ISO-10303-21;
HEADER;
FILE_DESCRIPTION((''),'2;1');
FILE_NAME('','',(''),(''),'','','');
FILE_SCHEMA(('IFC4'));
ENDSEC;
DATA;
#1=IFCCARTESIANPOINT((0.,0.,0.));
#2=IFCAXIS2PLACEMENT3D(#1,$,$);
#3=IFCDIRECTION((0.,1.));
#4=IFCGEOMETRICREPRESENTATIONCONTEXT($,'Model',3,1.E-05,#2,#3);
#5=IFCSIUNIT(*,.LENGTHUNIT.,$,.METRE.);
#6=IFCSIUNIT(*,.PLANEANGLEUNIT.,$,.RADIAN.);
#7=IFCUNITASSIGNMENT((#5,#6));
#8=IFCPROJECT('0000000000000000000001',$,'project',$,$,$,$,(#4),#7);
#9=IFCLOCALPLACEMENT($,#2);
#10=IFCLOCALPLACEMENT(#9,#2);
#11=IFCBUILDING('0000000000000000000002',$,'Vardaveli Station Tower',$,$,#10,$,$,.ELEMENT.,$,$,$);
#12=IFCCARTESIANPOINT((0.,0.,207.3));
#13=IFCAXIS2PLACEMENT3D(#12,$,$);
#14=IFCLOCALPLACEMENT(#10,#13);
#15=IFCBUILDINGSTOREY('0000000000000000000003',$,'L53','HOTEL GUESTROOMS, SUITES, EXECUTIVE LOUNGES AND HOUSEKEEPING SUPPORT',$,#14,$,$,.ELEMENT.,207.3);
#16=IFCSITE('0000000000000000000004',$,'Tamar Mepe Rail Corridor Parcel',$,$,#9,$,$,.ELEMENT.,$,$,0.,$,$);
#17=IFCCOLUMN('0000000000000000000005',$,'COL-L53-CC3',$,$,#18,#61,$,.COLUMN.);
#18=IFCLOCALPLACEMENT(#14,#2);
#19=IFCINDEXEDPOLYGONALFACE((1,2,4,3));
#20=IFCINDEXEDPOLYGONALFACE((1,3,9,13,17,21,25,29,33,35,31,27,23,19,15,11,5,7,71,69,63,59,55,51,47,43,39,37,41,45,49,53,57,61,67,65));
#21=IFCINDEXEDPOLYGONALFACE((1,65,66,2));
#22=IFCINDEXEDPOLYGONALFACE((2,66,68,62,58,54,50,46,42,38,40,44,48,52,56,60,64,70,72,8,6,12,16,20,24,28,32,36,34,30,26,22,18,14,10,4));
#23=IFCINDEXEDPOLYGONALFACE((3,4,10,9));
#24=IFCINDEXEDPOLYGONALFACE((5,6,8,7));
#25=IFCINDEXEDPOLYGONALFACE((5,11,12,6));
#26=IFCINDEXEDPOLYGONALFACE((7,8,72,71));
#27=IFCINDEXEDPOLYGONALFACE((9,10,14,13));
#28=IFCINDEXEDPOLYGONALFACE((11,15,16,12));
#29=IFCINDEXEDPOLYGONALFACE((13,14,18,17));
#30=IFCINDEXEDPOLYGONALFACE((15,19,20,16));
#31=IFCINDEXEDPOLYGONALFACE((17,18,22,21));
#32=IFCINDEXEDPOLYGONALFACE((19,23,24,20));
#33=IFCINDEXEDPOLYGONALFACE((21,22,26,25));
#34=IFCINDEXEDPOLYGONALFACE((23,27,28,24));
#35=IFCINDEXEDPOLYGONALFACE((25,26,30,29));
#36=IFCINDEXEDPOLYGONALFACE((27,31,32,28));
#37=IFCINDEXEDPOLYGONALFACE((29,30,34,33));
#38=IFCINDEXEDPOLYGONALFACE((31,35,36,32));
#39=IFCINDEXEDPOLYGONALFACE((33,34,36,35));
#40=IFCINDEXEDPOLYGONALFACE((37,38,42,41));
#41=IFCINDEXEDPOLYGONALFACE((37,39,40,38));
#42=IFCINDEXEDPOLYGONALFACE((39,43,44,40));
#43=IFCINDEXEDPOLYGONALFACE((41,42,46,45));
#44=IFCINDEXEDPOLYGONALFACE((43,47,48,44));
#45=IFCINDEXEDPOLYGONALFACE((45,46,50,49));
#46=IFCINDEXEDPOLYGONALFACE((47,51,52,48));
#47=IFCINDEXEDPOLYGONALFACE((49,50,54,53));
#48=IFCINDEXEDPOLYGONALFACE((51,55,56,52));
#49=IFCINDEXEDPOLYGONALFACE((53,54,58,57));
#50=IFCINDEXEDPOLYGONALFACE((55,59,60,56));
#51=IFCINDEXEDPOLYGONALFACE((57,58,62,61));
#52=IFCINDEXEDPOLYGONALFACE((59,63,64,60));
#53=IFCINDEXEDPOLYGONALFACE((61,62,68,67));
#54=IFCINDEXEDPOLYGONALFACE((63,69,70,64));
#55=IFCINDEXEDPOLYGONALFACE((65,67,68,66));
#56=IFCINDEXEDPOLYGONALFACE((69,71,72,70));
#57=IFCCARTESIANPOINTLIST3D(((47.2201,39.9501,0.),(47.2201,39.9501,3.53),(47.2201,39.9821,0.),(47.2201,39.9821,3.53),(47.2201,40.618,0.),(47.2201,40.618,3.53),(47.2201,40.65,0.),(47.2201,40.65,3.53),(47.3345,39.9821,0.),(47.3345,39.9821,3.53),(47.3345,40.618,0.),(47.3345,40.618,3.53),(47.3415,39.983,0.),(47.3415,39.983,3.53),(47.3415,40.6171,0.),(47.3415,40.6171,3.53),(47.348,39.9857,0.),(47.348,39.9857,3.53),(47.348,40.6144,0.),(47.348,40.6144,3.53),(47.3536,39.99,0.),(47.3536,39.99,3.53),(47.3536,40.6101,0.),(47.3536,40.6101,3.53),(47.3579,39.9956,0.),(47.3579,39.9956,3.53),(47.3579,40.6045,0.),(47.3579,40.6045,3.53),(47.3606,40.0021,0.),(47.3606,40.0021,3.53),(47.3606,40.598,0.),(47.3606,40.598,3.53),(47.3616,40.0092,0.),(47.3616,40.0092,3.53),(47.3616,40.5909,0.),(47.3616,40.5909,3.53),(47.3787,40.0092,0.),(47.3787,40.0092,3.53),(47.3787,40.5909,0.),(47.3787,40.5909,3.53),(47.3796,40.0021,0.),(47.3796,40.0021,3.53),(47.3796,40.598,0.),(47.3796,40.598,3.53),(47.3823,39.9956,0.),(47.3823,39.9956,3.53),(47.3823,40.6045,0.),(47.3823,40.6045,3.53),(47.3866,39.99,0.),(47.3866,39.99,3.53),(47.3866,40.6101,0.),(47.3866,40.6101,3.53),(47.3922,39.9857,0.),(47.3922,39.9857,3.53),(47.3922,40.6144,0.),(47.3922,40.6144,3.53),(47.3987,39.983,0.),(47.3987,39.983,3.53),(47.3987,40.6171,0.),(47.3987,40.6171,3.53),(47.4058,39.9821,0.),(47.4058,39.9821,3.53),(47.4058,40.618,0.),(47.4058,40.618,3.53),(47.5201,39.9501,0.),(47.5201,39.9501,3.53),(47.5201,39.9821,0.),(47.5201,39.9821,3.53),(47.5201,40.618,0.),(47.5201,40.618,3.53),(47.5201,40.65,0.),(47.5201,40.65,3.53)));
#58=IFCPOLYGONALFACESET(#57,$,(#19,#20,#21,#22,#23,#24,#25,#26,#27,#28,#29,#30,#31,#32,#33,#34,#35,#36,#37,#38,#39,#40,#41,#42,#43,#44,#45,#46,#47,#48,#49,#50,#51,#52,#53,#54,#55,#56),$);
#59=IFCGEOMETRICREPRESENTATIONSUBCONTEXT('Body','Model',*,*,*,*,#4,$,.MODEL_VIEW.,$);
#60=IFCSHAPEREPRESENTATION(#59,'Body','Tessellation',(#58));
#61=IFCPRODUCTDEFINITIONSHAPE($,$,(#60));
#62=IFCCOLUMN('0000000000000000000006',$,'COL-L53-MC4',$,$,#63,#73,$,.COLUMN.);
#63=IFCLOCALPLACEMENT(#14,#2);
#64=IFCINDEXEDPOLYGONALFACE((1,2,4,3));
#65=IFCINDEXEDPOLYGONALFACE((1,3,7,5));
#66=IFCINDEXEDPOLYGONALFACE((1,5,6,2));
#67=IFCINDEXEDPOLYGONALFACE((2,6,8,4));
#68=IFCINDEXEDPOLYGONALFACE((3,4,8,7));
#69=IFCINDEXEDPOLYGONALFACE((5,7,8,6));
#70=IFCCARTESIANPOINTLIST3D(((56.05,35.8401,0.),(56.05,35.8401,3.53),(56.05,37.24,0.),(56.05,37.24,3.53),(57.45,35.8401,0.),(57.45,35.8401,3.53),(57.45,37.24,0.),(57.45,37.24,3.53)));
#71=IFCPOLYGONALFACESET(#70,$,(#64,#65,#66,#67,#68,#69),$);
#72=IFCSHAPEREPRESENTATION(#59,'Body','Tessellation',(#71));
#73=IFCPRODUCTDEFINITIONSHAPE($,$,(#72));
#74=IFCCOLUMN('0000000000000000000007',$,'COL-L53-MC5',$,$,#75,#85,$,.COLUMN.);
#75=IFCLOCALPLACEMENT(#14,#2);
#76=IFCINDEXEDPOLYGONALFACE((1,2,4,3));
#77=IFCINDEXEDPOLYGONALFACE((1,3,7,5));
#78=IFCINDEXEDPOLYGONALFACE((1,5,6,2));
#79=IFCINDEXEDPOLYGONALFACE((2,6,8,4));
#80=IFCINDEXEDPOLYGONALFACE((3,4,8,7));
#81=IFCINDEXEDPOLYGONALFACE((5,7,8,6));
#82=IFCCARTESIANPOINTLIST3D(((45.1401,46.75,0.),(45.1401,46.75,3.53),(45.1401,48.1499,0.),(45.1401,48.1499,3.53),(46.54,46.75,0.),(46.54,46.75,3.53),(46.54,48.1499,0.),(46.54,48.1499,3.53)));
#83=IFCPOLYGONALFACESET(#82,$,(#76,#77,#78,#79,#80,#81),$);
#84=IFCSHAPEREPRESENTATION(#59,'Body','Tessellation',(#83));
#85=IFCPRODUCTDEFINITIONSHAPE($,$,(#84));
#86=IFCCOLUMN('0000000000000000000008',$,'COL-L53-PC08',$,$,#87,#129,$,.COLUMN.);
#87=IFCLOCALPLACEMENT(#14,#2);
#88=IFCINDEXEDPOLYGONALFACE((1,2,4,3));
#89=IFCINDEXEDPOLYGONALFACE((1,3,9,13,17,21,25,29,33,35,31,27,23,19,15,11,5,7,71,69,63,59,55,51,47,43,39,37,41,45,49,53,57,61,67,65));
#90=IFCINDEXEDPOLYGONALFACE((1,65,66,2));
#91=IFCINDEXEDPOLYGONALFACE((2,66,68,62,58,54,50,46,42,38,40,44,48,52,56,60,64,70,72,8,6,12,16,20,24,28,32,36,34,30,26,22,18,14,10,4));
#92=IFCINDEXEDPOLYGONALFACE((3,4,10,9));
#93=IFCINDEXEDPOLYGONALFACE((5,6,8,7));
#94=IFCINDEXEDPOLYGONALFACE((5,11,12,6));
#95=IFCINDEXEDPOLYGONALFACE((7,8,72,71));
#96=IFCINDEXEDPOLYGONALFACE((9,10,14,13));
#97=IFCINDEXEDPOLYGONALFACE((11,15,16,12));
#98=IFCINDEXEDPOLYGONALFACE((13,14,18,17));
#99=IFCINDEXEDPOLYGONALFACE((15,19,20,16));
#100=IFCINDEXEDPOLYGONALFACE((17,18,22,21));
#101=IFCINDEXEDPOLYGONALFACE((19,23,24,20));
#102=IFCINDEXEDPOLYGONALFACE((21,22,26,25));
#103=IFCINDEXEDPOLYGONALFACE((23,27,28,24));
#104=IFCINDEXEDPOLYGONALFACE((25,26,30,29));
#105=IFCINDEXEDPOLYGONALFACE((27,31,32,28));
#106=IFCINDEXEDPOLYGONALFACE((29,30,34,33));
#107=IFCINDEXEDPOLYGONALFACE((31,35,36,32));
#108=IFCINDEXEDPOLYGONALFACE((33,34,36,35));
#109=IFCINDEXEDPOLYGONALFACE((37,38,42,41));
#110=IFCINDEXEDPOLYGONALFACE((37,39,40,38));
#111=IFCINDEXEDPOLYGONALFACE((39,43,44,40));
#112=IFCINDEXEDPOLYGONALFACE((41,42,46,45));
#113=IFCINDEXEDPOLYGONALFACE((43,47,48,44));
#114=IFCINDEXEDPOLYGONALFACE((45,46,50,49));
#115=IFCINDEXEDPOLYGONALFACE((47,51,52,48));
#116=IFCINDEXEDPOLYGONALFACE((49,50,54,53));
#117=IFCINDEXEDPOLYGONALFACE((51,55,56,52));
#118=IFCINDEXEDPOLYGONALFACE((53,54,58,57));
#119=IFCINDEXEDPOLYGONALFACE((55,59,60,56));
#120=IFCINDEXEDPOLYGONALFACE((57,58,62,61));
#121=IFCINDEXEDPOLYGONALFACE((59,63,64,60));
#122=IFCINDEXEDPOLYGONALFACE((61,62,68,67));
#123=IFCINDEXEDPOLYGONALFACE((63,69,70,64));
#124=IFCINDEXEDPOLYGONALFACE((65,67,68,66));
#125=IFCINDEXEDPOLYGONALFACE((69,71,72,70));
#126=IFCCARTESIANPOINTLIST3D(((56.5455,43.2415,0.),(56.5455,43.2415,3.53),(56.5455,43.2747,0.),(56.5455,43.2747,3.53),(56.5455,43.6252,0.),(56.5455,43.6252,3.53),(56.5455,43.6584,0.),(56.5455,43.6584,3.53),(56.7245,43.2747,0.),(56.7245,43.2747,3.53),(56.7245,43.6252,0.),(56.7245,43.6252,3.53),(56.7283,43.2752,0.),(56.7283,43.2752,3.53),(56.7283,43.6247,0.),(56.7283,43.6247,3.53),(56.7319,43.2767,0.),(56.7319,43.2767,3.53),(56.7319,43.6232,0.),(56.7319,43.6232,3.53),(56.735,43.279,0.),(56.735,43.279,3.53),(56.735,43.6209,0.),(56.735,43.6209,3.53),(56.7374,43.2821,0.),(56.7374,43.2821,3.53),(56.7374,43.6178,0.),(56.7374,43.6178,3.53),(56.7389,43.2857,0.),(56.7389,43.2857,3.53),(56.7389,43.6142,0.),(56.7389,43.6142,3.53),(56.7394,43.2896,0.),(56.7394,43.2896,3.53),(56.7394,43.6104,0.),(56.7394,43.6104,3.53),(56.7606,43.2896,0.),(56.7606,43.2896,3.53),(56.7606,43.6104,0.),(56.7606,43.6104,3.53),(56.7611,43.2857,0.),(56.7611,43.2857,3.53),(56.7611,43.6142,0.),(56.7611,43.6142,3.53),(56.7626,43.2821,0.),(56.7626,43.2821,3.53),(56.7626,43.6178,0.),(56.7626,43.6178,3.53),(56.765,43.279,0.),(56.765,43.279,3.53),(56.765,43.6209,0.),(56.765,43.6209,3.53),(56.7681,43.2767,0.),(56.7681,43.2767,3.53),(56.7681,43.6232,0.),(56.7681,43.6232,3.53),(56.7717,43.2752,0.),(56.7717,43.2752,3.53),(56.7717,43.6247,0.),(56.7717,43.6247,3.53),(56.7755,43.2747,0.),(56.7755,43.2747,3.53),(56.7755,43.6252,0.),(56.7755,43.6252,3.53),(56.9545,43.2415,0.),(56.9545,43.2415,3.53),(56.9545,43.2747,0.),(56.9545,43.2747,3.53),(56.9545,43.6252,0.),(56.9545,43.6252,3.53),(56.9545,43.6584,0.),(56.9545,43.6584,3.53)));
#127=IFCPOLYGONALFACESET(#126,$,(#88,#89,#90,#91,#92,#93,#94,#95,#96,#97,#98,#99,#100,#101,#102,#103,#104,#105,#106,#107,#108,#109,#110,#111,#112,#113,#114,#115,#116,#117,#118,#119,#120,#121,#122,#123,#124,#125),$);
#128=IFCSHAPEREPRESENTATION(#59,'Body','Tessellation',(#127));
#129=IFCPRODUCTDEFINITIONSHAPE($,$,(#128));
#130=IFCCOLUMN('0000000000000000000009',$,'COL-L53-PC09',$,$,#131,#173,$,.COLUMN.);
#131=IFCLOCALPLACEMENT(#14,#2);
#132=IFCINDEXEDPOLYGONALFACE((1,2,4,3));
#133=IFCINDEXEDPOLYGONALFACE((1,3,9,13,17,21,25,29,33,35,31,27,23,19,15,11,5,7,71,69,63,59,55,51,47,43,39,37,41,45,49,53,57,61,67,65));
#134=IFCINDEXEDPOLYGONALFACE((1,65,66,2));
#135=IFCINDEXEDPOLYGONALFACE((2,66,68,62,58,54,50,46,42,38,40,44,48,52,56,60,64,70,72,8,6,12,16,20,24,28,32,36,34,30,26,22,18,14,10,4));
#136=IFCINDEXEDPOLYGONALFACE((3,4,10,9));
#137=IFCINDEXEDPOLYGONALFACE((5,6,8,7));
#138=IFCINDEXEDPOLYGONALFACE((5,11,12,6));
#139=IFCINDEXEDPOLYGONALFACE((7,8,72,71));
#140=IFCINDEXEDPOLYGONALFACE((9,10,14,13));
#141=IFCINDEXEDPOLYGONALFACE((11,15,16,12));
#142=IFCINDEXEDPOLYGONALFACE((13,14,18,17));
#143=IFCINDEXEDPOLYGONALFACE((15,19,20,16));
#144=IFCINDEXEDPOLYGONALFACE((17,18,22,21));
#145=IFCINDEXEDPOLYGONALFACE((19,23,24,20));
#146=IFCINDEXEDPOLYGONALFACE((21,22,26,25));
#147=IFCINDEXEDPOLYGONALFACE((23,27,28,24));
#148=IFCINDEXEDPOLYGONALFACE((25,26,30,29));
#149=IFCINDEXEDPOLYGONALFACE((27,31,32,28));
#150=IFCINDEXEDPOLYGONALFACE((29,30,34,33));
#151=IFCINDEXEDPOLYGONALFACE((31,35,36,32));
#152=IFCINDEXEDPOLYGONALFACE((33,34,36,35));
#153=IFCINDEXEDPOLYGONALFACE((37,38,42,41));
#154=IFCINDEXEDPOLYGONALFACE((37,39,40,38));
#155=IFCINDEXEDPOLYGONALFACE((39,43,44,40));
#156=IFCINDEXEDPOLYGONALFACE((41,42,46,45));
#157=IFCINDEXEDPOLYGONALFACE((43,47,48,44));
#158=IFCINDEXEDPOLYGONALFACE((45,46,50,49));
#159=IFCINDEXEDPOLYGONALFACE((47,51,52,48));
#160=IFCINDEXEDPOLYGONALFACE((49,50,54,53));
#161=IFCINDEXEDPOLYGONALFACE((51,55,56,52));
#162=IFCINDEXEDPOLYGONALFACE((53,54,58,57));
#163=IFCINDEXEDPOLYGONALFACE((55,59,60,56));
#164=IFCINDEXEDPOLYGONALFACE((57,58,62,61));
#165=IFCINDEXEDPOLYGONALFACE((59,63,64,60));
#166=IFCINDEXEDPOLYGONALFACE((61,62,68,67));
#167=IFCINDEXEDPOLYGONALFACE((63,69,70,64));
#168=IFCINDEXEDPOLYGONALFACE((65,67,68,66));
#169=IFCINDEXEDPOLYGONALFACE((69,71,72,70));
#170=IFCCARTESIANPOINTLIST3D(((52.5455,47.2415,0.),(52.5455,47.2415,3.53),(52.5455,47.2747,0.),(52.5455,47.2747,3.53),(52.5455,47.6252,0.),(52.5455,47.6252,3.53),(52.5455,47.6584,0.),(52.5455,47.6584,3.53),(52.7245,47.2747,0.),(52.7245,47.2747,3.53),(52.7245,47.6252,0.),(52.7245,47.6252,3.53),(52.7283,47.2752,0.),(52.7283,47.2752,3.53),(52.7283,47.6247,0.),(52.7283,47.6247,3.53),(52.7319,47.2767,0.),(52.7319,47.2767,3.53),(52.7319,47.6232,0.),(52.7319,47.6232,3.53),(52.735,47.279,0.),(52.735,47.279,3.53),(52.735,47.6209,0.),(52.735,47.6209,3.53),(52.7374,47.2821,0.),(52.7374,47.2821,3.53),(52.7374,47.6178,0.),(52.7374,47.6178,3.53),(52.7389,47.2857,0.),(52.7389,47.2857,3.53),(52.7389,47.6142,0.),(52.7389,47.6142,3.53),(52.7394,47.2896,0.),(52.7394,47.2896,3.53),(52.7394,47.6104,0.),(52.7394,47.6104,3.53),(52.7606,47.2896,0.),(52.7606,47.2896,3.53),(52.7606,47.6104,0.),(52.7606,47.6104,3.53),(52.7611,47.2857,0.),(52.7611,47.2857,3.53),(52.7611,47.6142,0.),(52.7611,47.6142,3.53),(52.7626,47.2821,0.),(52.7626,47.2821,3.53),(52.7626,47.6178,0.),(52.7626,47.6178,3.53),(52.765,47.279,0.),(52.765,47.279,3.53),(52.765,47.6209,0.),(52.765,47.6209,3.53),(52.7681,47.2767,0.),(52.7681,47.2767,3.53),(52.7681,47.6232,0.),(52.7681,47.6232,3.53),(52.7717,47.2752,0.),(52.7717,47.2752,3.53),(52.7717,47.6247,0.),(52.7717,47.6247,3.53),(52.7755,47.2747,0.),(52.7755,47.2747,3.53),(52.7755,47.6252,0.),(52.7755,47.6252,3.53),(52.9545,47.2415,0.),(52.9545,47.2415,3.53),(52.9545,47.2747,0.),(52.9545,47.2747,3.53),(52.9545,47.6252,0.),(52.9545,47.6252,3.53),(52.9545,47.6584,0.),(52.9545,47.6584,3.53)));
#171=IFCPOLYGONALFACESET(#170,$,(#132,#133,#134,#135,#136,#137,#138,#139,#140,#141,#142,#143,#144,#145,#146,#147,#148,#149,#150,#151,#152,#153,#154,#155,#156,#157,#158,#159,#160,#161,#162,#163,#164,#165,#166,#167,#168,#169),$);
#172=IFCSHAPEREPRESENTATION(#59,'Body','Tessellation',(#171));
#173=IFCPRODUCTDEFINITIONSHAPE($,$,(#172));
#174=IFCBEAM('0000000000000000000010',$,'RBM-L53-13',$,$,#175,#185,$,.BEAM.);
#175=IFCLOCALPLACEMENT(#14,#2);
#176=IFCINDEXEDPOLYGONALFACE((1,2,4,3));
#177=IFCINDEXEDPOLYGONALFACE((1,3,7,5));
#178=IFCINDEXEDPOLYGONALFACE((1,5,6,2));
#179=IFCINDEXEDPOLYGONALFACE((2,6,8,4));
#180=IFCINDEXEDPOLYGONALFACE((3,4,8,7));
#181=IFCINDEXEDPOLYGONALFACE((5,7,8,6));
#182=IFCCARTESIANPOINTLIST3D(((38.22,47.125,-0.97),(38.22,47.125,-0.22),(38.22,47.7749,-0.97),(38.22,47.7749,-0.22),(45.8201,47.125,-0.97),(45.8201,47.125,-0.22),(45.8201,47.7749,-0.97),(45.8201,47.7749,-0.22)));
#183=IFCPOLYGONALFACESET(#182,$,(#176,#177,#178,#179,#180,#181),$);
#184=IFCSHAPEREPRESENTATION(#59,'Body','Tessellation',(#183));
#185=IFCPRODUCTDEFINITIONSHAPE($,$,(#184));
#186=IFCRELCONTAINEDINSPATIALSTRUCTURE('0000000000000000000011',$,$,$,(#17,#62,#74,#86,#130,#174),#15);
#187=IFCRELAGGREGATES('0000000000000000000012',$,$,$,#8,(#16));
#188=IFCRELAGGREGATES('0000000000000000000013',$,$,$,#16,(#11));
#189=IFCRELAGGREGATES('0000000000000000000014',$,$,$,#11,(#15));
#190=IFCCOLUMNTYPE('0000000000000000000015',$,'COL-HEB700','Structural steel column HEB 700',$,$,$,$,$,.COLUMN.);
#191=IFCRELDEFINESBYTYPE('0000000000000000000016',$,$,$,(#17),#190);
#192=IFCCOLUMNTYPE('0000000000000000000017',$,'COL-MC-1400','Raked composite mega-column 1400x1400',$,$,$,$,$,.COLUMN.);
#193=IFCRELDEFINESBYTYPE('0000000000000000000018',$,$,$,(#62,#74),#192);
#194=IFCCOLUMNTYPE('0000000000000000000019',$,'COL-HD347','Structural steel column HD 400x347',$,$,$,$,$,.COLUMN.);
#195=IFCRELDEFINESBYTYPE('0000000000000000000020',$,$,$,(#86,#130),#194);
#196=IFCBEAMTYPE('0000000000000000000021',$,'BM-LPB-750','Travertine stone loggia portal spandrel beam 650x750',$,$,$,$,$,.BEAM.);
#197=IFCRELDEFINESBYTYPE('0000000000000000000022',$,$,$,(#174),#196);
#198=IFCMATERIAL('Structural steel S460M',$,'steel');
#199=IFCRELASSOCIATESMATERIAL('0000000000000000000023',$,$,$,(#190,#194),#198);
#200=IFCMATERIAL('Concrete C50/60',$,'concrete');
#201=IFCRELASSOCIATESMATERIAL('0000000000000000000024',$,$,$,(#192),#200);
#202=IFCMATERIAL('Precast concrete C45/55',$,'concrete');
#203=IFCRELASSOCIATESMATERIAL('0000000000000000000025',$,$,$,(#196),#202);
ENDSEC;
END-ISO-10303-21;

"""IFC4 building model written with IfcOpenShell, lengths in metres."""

from ifc_helpers import new_model, si_unit, direction, frame, origin, origin_2d, place, context, subcontext, project, spatial, rectangle, i_section, extrude, source, transform, mapped, material, material_profile, profile_set, type_object, element, save


model = new_model("IFC4")

# Units and contexts
model_context = context("Model", 3, precision=1e-05, world=origin(), true_north=direction((0.0, 1.0)))
body_context = subcontext(model_context, "Body", "Model", "MODEL_VIEW")
ifc_project = project(units=[si_unit("LENGTHUNIT", "METRE"), si_unit("PLANEANGLEUNIT", "RADIAN")], contexts=[model_context])

# Site, building, storey
site_placement = place(None, origin())
site = spatial("IfcSite", under=ifc_project, at=site_placement, Name="Tamar Mepe Rail Corridor Parcel", CompositionType="ELEMENT", RefElevation=0.0)
building_placement = place(site_placement, origin())
building = spatial("IfcBuilding", under=site, at=building_placement, Name="Vardaveli Station Tower", CompositionType="ELEMENT")
storey_placement = place(building_placement, frame((0.0, 0.0, 207.3)))
storey = spatial("IfcBuildingStorey", under=building, at=storey_placement, Name="L53", Description="HOTEL GUESTROOMS, SUITES, EXECUTIVE LOUNGES AND HOUSEKEEPING SUPPORT", CompositionType="ELEMENT", Elevation=207.3)

# Columns
ifc_material_1 = material(Name="Structural steel S460M", Category="steel")
ifc_material_profile_1 = material_profile(ifc_material_1, i_section(OverallWidth=0.3, OverallDepth=0.7, WebThickness=0.0171, FlangeThickness=0.032, FilletRadius=0.0271, at=origin_2d()), Name="HEB 700")
ifc_profile_set_1 = profile_set([ifc_material_profile_1], Name="Structural steel S460M")
column_type_1 = type_object("IfcColumnType", Name="COL-HEB700", Description="Structural steel column HEB 700", PredefinedType="COLUMN", material=ifc_profile_set_1)
shared_shape_1 = source(origin(), body_context, "Body", "SweptSolid", [
    extrude(i_section(OverallWidth=0.3, OverallDepth=0.7, WebThickness=0.0171, FlangeThickness=0.032, FilletRadius=0.0271, at=origin_2d()), origin(), (0.0, 0.0, 1.0), 3.53),
])
column_placement = place(storey_placement, frame((47.3701, 40.3, 0.0), z_axis=(0.0, 0.0, 1.0), x_axis=(1.0, 0.0, 0.0)))
element("IfcColumn", 1, at=column_placement, inside=storey, type_object=column_type_1, Name="COL-L53-CC3", PredefinedType="COLUMN", context=body_context, shape_type="MappedRepresentation", body=[
    mapped(shared_shape_1, transform((0.0, 0.0, 0.0), scale=1.0)),
])
ifc_material_2 = material(Name="Concrete C50/60", Category="concrete")
ifc_material_profile_2 = material_profile(ifc_material_2, rectangle(XDim=1.3999, YDim=1.3999, at=origin_2d()), Name="MC 1400x1400")
ifc_profile_set_2 = profile_set([ifc_material_profile_2], Name="Concrete C50/60")
column_type_2 = type_object("IfcColumnType", Name="COL-MC-1400", Description="Raked composite mega-column 1400x1400", PredefinedType="COLUMN", material=ifc_profile_set_2)
shared_shape_2 = source(origin(), body_context, "Body", "SweptSolid", [
    extrude(rectangle(XDim=1.3999, YDim=1.3999, at=origin_2d()), origin(), (0.0, 0.0, 1.0), 3.53),
])
for number, where, z_axis, x_axis, name in (
    (2, (56.75, 36.54, 0.0), (0.0, 0.0, 1.0), (1.0, 0.0, 0.0), "COL-L53-MC4"),
    (3, (45.8401, 47.45, 0.0), (0.0, 0.0, 1.0), (1.0, 0.0, 0.0), "COL-L53-MC5"),
):
    element("IfcColumn", number, at=place(storey_placement, frame(where, z_axis=z_axis, x_axis=x_axis)), inside=storey, type_object=column_type_2, Name=name, PredefinedType="COLUMN", context=body_context, shape_type="MappedRepresentation", body=[
        mapped(shared_shape_2, transform((0.0, 0.0, 0.0), scale=1.0)),
    ])
ifc_material_profile_3 = material_profile(ifc_material_1, i_section(OverallWidth=0.4089, OverallDepth=0.417, WebThickness=0.0212, FlangeThickness=0.0332, FilletRadius=0.0149, at=origin_2d()), Name="HD 400x347")
ifc_profile_set_3 = profile_set([ifc_material_profile_3], Name="Structural steel S460M")
column_type_3 = type_object("IfcColumnType", Name="COL-HD347", Description="Structural steel column HD 400x347", PredefinedType="COLUMN", material=ifc_profile_set_3)
shared_shape_3 = source(origin(), body_context, "Body", "SweptSolid", [
    extrude(i_section(OverallWidth=0.4089, OverallDepth=0.417, WebThickness=0.0212, FlangeThickness=0.0332, FilletRadius=0.0149, at=origin_2d()), origin(), (0.0, 0.0, 1.0), 3.53),
])
for number, where, z_axis, x_axis, name in (
    (4, (56.75, 43.45, 0.0), (0.0, 0.0, 1.0), (1.0, 0.0, 0.0), "COL-L53-PC08"),
    (5, (52.75, 47.45, 0.0), (0.0, 0.0, 1.0), (1.0, 0.0, 0.0), "COL-L53-PC09"),
):
    element("IfcColumn", number, at=place(storey_placement, frame(where, z_axis=z_axis, x_axis=x_axis)), inside=storey, type_object=column_type_3, Name=name, PredefinedType="COLUMN", context=body_context, shape_type="MappedRepresentation", body=[
        mapped(shared_shape_3, transform((0.0, 0.0, 0.0), scale=1.0)),
    ])

# Beam
ifc_material_3 = material(Name="Precast concrete C45/55", Category="concrete")
ifc_material_profile_4 = material_profile(ifc_material_3, rectangle(XDim=0.6499, YDim=0.75, at=origin_2d()), Name="LPB 650x750")
ifc_profile_set_4 = profile_set([ifc_material_profile_4], Name="Precast concrete C45/55")
beam_type = type_object("IfcBeamType", Name="BM-LPB-750", Description="Travertine stone loggia portal spandrel beam 650x750", PredefinedType="BEAM", material=ifc_profile_set_4)
shared_shape_4 = source(origin(), body_context, "Body", "SweptSolid", [
    extrude(rectangle(XDim=0.6499, YDim=0.75, at=origin_2d()), origin(), (0.0, 0.0, 1.0), 7.6001),
])
beam_1_placement = place(storey_placement, frame((45.8201, 47.45, -0.595), z_axis=(-1.0, 0.0, 0.0), x_axis=(0.0, -1.0, 0.0)))
element("IfcBeam", 6, at=beam_1_placement, inside=storey, type_object=beam_type, Name="RBM-L53-13", PredefinedType="BEAM", context=body_context, shape_type="MappedRepresentation", body=[
    mapped(shared_shape_4, transform((0.0, 0.0, 0.0), scale=1.0)),
])

save(model, "model.ifc")
